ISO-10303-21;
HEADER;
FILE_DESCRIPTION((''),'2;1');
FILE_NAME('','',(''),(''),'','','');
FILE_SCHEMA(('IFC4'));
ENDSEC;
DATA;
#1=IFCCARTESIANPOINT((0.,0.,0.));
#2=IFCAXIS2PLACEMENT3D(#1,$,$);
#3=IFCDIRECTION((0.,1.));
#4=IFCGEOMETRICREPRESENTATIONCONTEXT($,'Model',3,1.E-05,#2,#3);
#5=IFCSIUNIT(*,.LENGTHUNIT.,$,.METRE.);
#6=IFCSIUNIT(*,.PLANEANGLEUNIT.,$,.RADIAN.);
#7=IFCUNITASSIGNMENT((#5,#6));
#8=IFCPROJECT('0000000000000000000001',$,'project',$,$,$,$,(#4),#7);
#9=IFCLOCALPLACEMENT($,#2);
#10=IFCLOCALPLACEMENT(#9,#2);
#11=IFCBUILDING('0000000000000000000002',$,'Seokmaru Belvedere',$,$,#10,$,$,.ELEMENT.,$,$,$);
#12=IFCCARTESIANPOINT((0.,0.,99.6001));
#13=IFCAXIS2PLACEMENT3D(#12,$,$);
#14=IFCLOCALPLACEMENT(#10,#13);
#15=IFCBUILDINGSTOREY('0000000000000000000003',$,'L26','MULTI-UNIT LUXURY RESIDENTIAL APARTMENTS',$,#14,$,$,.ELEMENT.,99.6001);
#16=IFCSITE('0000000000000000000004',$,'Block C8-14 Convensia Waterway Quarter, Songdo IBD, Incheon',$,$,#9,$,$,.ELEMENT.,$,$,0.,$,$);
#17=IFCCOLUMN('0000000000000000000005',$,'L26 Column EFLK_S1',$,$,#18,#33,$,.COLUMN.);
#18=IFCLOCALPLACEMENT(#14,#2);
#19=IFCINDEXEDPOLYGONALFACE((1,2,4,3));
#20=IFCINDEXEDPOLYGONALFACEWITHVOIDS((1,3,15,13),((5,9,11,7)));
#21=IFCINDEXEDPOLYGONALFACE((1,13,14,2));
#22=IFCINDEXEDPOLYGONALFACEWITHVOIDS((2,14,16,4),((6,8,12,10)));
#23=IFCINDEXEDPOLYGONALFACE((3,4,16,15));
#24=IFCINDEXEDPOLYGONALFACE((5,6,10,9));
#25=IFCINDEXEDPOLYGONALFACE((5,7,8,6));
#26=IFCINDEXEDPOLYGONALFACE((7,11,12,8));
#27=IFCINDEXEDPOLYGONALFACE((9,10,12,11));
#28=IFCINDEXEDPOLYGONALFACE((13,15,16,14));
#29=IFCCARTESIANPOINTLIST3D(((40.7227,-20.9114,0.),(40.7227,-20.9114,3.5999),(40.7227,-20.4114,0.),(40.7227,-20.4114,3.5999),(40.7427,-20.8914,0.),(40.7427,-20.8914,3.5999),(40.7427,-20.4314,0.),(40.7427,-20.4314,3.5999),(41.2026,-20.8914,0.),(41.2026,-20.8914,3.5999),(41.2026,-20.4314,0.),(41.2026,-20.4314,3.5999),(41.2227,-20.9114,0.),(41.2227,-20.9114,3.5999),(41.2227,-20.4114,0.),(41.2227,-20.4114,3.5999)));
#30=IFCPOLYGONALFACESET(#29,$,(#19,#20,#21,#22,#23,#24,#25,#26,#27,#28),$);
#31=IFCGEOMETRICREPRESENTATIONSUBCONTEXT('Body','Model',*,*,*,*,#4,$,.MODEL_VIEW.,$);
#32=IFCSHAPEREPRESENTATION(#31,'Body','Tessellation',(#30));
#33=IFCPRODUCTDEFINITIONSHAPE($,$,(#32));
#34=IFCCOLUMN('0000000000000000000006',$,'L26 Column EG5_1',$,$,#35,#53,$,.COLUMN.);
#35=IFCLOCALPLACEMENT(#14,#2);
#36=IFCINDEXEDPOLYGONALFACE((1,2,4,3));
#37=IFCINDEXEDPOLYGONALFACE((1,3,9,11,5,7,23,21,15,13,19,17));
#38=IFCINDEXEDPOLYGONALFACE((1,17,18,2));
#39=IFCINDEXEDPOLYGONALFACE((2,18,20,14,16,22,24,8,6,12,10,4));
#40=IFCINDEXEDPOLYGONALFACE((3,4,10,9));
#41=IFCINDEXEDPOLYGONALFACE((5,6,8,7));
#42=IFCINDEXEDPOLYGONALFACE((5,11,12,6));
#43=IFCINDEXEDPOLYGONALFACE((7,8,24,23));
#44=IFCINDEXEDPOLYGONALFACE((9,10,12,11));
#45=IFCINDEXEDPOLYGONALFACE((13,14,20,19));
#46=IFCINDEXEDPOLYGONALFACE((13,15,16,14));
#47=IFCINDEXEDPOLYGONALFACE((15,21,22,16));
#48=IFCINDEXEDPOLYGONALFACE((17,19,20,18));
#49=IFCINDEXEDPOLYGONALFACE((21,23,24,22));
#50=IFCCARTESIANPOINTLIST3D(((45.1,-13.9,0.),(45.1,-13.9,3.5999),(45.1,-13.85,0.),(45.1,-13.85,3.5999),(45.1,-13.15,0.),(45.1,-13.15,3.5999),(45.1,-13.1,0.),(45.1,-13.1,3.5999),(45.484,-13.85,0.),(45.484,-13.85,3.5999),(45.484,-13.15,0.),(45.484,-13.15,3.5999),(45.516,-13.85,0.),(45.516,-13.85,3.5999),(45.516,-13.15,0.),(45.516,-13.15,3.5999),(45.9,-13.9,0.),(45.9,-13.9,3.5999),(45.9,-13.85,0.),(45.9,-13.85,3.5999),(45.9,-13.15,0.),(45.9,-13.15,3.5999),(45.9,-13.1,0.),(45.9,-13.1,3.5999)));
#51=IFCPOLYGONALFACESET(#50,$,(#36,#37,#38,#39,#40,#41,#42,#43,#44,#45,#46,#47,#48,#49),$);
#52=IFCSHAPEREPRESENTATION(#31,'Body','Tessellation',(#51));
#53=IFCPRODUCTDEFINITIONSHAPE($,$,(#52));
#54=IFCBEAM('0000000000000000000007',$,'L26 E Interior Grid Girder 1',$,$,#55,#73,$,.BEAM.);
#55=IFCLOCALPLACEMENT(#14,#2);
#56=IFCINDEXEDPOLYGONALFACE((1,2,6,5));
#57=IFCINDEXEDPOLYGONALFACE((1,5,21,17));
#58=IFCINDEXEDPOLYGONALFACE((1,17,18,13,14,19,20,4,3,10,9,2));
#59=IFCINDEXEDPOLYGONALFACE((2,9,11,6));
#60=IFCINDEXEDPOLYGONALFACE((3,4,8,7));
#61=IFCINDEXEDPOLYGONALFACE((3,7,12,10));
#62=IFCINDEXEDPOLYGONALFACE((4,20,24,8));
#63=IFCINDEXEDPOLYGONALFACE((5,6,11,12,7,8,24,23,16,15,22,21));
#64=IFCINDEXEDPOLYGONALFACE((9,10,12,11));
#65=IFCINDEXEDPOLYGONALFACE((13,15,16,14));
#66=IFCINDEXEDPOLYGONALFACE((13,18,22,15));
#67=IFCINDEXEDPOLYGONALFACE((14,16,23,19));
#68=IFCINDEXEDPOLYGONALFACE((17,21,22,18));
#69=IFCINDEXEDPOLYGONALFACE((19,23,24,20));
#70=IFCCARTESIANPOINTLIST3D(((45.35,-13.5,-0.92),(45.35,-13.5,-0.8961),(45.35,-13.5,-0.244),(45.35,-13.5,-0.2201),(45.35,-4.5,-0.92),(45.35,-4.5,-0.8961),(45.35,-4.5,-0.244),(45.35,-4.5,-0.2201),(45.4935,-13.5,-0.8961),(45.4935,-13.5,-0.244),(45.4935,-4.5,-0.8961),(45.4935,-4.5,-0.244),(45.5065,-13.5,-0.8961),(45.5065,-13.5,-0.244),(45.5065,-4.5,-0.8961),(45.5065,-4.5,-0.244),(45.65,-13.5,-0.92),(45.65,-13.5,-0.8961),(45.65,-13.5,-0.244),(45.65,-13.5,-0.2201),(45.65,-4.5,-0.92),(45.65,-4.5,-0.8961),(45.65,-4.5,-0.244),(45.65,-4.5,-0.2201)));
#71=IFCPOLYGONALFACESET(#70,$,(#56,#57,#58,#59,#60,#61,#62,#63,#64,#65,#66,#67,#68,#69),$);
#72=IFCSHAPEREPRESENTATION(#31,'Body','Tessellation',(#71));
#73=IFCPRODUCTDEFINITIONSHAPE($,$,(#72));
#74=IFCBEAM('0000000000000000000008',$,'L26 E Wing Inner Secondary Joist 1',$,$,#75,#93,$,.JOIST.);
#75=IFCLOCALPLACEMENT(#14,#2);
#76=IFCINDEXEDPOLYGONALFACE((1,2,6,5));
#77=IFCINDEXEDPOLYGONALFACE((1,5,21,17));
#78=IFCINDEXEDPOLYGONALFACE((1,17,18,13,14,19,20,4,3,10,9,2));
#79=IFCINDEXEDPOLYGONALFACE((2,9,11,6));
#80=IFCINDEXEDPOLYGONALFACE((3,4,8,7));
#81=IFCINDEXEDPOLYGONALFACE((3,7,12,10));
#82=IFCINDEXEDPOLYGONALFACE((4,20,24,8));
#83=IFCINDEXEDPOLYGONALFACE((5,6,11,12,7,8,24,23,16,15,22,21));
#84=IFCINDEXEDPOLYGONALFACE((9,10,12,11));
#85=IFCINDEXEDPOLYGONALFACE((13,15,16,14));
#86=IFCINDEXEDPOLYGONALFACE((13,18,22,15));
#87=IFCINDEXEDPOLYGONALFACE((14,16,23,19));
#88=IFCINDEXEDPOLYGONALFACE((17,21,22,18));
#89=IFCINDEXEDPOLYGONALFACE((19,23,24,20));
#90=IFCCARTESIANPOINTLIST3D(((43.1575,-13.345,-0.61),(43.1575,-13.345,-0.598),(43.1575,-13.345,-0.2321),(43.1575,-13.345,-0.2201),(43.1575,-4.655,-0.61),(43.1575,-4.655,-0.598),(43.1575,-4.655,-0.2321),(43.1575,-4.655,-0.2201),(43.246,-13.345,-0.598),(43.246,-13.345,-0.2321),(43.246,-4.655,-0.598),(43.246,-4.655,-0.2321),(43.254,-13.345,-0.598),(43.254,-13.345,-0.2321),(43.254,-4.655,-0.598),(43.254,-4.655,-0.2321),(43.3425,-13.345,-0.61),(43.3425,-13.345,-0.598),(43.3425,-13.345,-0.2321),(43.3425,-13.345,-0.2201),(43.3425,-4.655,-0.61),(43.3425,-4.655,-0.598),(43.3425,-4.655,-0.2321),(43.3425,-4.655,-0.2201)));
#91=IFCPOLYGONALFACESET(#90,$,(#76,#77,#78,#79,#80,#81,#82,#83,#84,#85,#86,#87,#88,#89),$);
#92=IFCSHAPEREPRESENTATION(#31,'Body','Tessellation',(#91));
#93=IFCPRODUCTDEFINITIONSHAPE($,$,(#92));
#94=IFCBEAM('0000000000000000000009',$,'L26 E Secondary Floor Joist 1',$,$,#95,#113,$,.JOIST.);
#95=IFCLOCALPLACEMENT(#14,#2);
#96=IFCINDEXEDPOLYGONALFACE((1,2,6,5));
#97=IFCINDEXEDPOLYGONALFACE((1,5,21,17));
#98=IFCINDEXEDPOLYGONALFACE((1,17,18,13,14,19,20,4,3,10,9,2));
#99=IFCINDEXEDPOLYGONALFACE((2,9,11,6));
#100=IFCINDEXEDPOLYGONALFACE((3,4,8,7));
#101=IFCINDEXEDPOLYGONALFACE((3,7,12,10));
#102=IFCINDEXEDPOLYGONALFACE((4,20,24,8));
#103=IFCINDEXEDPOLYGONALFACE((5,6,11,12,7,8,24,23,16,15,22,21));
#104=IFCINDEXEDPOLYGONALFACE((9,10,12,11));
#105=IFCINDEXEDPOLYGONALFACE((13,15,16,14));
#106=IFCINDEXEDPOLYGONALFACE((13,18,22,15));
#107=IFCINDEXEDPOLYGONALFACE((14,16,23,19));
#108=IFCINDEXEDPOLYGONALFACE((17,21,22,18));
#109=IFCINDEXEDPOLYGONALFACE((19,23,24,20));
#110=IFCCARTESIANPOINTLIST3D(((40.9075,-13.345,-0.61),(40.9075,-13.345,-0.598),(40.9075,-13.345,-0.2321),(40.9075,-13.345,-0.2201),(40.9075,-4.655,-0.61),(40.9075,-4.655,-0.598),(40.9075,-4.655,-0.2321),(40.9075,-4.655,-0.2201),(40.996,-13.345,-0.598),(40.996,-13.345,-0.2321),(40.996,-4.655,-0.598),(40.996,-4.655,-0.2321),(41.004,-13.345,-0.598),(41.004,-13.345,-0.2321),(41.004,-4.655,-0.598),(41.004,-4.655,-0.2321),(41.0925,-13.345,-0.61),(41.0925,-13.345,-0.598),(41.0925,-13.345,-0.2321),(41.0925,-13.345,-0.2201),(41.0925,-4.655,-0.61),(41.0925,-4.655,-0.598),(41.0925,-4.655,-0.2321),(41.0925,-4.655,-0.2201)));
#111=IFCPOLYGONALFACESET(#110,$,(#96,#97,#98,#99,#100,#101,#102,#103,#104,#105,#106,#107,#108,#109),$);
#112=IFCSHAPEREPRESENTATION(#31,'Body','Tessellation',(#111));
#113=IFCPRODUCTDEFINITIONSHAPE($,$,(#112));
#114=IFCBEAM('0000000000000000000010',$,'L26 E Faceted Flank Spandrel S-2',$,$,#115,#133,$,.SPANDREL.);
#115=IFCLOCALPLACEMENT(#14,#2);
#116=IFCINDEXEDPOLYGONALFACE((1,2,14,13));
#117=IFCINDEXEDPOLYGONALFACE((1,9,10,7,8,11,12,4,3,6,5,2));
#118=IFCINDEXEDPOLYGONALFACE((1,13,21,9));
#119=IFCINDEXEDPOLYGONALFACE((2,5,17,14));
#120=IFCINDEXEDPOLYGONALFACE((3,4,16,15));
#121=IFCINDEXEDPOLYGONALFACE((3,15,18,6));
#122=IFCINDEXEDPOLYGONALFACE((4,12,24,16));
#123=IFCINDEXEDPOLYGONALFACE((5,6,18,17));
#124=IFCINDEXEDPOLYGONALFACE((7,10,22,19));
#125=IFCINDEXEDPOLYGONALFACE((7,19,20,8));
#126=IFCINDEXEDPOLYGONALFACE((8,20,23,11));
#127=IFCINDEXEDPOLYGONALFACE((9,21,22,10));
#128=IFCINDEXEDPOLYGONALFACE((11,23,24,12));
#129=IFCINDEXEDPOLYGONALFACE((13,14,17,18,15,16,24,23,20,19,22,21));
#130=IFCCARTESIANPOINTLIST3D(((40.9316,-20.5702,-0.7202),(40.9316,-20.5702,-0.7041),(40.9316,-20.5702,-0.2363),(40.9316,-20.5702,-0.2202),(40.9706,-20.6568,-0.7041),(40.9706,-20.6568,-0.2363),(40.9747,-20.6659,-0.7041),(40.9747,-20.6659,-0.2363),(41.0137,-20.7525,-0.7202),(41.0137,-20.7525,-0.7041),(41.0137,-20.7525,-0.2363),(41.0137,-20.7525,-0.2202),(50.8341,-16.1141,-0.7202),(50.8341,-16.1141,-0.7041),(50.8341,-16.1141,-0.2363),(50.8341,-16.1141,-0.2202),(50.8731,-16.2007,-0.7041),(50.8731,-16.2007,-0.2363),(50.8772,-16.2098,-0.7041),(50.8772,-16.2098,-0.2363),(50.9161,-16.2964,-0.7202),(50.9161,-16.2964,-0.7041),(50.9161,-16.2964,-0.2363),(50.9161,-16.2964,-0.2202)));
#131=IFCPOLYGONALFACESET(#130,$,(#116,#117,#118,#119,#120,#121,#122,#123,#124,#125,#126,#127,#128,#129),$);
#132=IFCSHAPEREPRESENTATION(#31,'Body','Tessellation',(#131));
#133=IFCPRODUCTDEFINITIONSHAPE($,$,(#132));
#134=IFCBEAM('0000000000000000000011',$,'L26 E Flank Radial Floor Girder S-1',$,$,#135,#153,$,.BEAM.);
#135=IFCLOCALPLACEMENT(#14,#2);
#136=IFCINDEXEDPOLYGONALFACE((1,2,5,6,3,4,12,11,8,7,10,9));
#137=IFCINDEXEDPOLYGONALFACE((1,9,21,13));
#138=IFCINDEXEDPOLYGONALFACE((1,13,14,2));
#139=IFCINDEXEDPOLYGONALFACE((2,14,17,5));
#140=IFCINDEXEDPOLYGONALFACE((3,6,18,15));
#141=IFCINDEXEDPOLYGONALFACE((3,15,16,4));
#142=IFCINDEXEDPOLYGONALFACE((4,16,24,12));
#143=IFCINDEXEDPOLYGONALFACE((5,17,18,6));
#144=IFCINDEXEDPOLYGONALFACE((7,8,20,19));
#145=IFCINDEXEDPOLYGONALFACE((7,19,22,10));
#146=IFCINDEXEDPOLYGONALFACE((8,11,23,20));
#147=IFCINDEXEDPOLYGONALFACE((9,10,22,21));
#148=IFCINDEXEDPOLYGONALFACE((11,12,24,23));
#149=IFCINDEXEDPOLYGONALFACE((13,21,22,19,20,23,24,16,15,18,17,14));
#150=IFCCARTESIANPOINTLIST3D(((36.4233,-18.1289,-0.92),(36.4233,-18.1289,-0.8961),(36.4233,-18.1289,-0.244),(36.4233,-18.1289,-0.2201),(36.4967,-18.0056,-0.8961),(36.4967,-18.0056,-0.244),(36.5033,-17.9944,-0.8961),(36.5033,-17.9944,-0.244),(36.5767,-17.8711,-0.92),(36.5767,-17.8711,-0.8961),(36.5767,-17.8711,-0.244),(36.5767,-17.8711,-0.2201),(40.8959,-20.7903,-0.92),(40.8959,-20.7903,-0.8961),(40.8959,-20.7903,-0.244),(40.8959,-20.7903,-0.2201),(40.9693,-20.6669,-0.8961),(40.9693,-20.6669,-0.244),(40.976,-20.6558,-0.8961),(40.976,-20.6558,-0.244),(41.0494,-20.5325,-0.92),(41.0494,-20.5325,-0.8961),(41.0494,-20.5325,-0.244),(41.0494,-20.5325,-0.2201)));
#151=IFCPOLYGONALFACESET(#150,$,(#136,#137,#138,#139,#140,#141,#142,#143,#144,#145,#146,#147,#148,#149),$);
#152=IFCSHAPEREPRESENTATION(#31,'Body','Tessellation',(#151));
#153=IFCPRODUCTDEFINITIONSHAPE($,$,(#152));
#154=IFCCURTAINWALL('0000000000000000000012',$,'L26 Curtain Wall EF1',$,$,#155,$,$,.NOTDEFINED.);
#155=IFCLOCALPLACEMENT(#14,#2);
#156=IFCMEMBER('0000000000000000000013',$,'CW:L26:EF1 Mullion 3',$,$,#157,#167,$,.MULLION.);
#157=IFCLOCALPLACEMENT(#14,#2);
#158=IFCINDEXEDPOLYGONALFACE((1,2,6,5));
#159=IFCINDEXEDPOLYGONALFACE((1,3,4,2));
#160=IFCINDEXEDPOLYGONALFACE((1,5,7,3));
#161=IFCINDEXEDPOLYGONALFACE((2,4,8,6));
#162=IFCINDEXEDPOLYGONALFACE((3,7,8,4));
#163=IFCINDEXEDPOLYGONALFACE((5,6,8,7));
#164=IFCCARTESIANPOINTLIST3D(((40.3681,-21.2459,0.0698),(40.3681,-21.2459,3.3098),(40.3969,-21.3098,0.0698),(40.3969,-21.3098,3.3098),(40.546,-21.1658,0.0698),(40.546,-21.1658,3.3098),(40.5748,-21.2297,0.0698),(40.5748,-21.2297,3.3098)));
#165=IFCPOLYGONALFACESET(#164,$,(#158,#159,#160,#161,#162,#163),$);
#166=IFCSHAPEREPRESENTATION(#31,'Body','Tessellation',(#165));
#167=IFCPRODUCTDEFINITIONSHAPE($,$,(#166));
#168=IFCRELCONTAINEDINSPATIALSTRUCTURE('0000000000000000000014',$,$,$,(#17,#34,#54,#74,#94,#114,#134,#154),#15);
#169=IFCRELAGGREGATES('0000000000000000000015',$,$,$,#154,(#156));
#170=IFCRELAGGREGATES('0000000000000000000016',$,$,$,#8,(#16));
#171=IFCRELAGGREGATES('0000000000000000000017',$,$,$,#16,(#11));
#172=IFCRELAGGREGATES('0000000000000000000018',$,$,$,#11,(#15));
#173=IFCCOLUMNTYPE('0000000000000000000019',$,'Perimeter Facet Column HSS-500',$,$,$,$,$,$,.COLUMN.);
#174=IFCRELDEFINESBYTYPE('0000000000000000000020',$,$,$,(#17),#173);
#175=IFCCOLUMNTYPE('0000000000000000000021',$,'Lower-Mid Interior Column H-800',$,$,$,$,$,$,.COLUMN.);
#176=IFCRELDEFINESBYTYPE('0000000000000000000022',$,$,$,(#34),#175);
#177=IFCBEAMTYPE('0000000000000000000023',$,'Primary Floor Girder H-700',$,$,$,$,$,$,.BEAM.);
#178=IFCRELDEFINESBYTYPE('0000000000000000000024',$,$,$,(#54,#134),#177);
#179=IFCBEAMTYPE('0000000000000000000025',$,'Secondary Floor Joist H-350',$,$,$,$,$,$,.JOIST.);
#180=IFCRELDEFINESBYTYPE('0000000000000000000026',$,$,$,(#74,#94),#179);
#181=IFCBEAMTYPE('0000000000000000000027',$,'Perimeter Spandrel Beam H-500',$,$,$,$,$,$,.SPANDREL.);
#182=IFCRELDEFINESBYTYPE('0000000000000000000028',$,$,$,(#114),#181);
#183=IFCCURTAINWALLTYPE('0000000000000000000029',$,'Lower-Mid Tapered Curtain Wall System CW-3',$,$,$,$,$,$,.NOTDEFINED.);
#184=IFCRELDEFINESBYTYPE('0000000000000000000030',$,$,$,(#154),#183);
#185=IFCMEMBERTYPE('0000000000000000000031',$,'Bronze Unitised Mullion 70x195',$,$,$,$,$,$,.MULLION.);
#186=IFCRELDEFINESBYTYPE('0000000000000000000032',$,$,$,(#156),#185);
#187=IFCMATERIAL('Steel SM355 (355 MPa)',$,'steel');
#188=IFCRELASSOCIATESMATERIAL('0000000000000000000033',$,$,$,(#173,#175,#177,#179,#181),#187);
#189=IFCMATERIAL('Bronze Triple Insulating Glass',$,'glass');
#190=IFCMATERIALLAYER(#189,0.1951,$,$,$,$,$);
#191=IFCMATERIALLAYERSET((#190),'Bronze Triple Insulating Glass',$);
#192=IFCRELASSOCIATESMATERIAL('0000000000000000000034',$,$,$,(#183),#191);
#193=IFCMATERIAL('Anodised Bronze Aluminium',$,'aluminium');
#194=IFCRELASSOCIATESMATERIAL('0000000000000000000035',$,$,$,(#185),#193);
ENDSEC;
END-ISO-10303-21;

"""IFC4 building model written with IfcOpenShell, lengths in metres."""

from ifc_helpers import new_model, si_unit, direction, frame, origin, origin_2d, place, context, subcontext, project, spatial, rectangle, hollow_rectangle, i_section, extrude, source, transform, mapped, material, layer, layer_set, material_profile, profile_set, type_object, type_shapes, element, aggregate, save


model = new_model("IFC4")

# Units and contexts
model_context = context("Model", 3, precision=1e-05, world=origin(), true_north=direction((0.0, 1.0)))
body_context = subcontext(model_context, "Body", "Model", "MODEL_VIEW")
ifc_project = project(units=[si_unit("LENGTHUNIT", "METRE"), si_unit("PLANEANGLEUNIT", "RADIAN")], contexts=[model_context])

# Site, building, storey
site_placement = place(None, origin())
site = spatial("IfcSite", under=ifc_project, at=site_placement, Name="Block C8-14 Convensia Waterway Quarter, Songdo IBD, Incheon", CompositionType="ELEMENT", RefElevation=0.0)
building_placement = place(site_placement, origin())
building = spatial("IfcBuilding", under=site, at=building_placement, Name="Seokmaru Belvedere", CompositionType="ELEMENT")
storey_placement = place(building_placement, frame((0.0, 0.0, 99.6001)))
storey = spatial("IfcBuildingStorey", under=building, at=storey_placement, Name="L26", Description="MULTI-UNIT LUXURY RESIDENTIAL APARTMENTS", CompositionType="ELEMENT", Elevation=99.6001)

# Columns
ifc_material_1 = material(Name="Steel SM355 (355 MPa)", Category="steel")
ifc_material_profile_1 = material_profile(ifc_material_1, hollow_rectangle(XDim=0.5, YDim=0.5, WallThickness=0.02, at=origin_2d()), Name="HSS-500x500x20")
ifc_profile_set_1 = profile_set([ifc_material_profile_1], Name="Steel SM355 (355 MPa)")
column_type_1 = type_object("IfcColumnType", Name="Perimeter Facet Column HSS-500", PredefinedType="COLUMN", material=ifc_profile_set_1)
shared_shape_1 = source(origin(), body_context, "Body", "SweptSolid", [
    extrude(hollow_rectangle(XDim=0.5, YDim=0.5, WallThickness=0.02, at=origin_2d()), origin(), (0.0, 0.0, 1.0), 3.5999),
])
type_shapes(column_type_1, [shared_shape_1])
column_1_placement = place(storey_placement, frame((40.9727, -20.6614, 0.0), z_axis=(0.0, 0.0, 1.0), x_axis=(1.0, 0.0, 0.0)))
element("IfcColumn", 1, at=column_1_placement, inside=storey, type_object=column_type_1, Name="L26 Column EFLK_S1", PredefinedType="COLUMN", context=body_context, shape_type="MappedRepresentation", body=[
    mapped(shared_shape_1, transform((0.0, 0.0, 0.0), scale=1.0)),
])
ifc_material_profile_2 = material_profile(ifc_material_1, i_section(OverallWidth=0.8, OverallDepth=0.8, WebThickness=0.032, FlangeThickness=0.05, at=origin_2d()), Name="H-800x800x32x50")
ifc_profile_set_2 = profile_set([ifc_material_profile_2], Name="Steel SM355 (355 MPa)")
column_type_2 = type_object("IfcColumnType", Name="Lower-Mid Interior Column H-800", PredefinedType="COLUMN", material=ifc_profile_set_2)
shared_shape_2 = source(origin(), body_context, "Body", "SweptSolid", [
    extrude(i_section(OverallWidth=0.8, OverallDepth=0.8, WebThickness=0.032, FlangeThickness=0.05, at=origin_2d()), origin(), (0.0, 0.0, 1.0), 3.5999),
])
type_shapes(column_type_2, [shared_shape_2])
column_2_placement = place(storey_placement, frame((45.5, -13.5, 0.0), z_axis=(0.0, 0.0, 1.0), x_axis=(1.0, 0.0, 0.0)))
element("IfcColumn", 2, at=column_2_placement, inside=storey, type_object=column_type_2, Name="L26 Column EG5_1", PredefinedType="COLUMN", context=body_context, shape_type="MappedRepresentation", body=[
    mapped(shared_shape_2, transform((0.0, 0.0, 0.0), scale=1.0)),
])

# Beams
ifc_material_profile_3 = material_profile(ifc_material_1, i_section(OverallWidth=0.3, OverallDepth=0.7, WebThickness=0.0129, FlangeThickness=0.0239, at=origin_2d()), Name="H-700x300x13x24")
ifc_profile_set_3 = profile_set([ifc_material_profile_3], Name="Steel SM355 (355 MPa)")
beam_type_1 = type_object("IfcBeamType", Name="Primary Floor Girder H-700", PredefinedType="BEAM", material=ifc_profile_set_3)
shared_shape_3 = source(origin(), body_context, "Body", "SweptSolid", [
    extrude(i_section(OverallWidth=0.3, OverallDepth=0.7, WebThickness=0.0129, FlangeThickness=0.0239, at=origin_2d()), origin(), (0.0, 0.0, 1.0), 9.0),
])
beam_1_placement = place(storey_placement, frame((45.5, -13.5, -0.5701), z_axis=(0.0, 1.0, 0.0), x_axis=(-1.0, 0.0, 0.0)))
element("IfcBeam", 3, at=beam_1_placement, inside=storey, type_object=beam_type_1, Name="L26 E Interior Grid Girder 1", PredefinedType="BEAM", context=body_context, shape_type="MappedRepresentation", body=[
    mapped(shared_shape_3, transform((0.0, 0.0, 0.0), scale=1.0)),
])
ifc_material_profile_4 = material_profile(ifc_material_1, i_section(OverallWidth=0.1851, OverallDepth=0.3899, WebThickness=0.0081, FlangeThickness=0.012, at=origin_2d()), Name="H-390x185x8x12")
ifc_profile_set_4 = profile_set([ifc_material_profile_4], Name="Steel SM355 (355 MPa)")
beam_type_2 = type_object("IfcBeamType", Name="Secondary Floor Joist H-350", PredefinedType="JOIST", material=ifc_profile_set_4)
shared_shape_4 = source(origin(), body_context, "Body", "SweptSolid", [
    extrude(i_section(OverallWidth=0.1851, OverallDepth=0.3899, WebThickness=0.0081, FlangeThickness=0.012, at=origin_2d()), origin(), (0.0, 0.0, 1.0), 8.6899),
])
type_shapes(beam_type_2, [shared_shape_4])
for number, where, z_axis, x_axis, name in (
    (4, (43.25, -13.345, -0.415), (0.0, 1.0, 0.0), (-1.0, 0.0, 0.0), "L26 E Wing Inner Secondary Joist 1"),
    (5, (41.0, -13.345, -0.415), (0.0, 1.0, 0.0), (-1.0, 0.0, 0.0), "L26 E Secondary Floor Joist 1"),
):
    element("IfcBeam", number, at=place(storey_placement, frame(where, z_axis=z_axis, x_axis=x_axis)), inside=storey, type_object=beam_type_2, Name=name, PredefinedType="JOIST", context=body_context, shape_type="MappedRepresentation", body=[
        mapped(shared_shape_4, transform((0.0, 0.0, 0.0), scale=1.0)),
    ])
ifc_material_profile_5 = material_profile(ifc_material_1, i_section(OverallWidth=0.2, OverallDepth=0.5, WebThickness=0.01, FlangeThickness=0.0161, at=origin_2d()), Name="H-500x200x10x16")
ifc_profile_set_5 = profile_set([ifc_material_profile_5], Name="Steel SM355 (355 MPa)")
beam_type_3 = type_object("IfcBeamType", Name="Perimeter Spandrel Beam H-500", PredefinedType="SPANDREL", material=ifc_profile_set_5)
shared_shape_5 = source(origin(), body_context, "Body", "SweptSolid", [
    extrude(i_section(OverallWidth=0.2, OverallDepth=0.5, WebThickness=0.01, FlangeThickness=0.0161, at=origin_2d()), origin(), (0.0, 0.0, 1.0), 10.8589),
])
type_shapes(beam_type_3, [shared_shape_5])
beam_2_placement = place(storey_placement, frame((40.9727, -20.6614, -0.4702), z_axis=(0.911922, 0.410365, 0.0), x_axis=(-0.410365, 0.911922, 0.0)))
element("IfcBeam", 6, at=beam_2_placement, inside=storey, type_object=beam_type_3, Name="L26 E Faceted Flank Spandrel S-2", PredefinedType="SPANDREL", context=body_context, shape_type="MappedRepresentation", body=[
    mapped(shared_shape_5, transform((0.0, 0.0, 0.0), scale=1.0)),
])
shared_shape_6 = source(origin(), body_context, "Body", "SweptSolid", [
    extrude(i_section(OverallWidth=0.3, OverallDepth=0.7, WebThickness=0.0129, FlangeThickness=0.0239, at=origin_2d()), origin(), (0.0, 0.0, 1.0), 5.2046),
])
type_shapes(beam_type_1, [shared_shape_3, shared_shape_6])
beam_3_placement = place(storey_placement, frame((40.9727, -20.6614, -0.5701), z_axis=(-0.85937, 0.511354, 0.0), x_axis=(-0.511354, -0.85937, 0.0)))
element("IfcBeam", 7, at=beam_3_placement, inside=storey, type_object=beam_type_1, Name="L26 E Flank Radial Floor Girder S-1", PredefinedType="BEAM", context=body_context, shape_type="MappedRepresentation", body=[
    mapped(shared_shape_6, transform((0.0, 0.0, 0.0), scale=1.0)),
])

# Curtain wall, member
ifc_material_2 = material(Name="Bronze Triple Insulating Glass", Category="glass")
ifc_layer_1 = layer(ifc_material_2, 0.1951)
ifc_layer_set_1 = layer_set([ifc_layer_1], Name="Bronze Triple Insulating Glass")
curtain_wall_type = type_object("IfcCurtainWallType", Name="Lower-Mid Tapered Curtain Wall System CW-3", PredefinedType="NOTDEFINED", material=ifc_layer_set_1)
curtain_wall_placement = place(storey_placement, origin())
curtain_wall = element("IfcCurtainWall", 8, at=curtain_wall_placement, inside=storey, type_object=curtain_wall_type, Name="L26 Curtain Wall EF1", PredefinedType="NOTDEFINED")
ifc_material_3 = material(Name="Anodised Bronze Aluminium", Category="aluminium")
ifc_material_profile_6 = material_profile(ifc_material_3, rectangle(XDim=0.0701, YDim=0.1951, at=origin_2d()), Name="CW-M-70x195")
ifc_profile_set_6 = profile_set([ifc_material_profile_6], Name="Anodised Bronze Aluminium")
member_type = type_object("IfcMemberType", Name="Bronze Unitised Mullion 70x195", PredefinedType="MULLION", material=ifc_profile_set_6)
shared_shape_7 = source(origin(), body_context, "Body", "SweptSolid", [
    extrude(rectangle(XDim=0.0701, YDim=0.1951, at=origin_2d()), origin(), (0.0, 0.0, 1.0), 3.24),
])
type_shapes(member_type, [shared_shape_7])
member_1_placement = place(storey_placement, frame((40.4714, -21.2378, 0.0698), z_axis=(0.0, 0.0, 1.0), x_axis=(-0.410366, 0.911921, 0.0)))
member_1 = element("IfcMember", 9, at=member_1_placement, type_object=member_type, Name="CW:L26:EF1 Mullion 3", PredefinedType="MULLION", context=body_context, shape_type="MappedRepresentation", body=[
    mapped(shared_shape_7, transform((0.0, 0.0, 0.0), scale=1.0)),
])
aggregate(curtain_wall, [member_1])

save(model, "model.ifc")
